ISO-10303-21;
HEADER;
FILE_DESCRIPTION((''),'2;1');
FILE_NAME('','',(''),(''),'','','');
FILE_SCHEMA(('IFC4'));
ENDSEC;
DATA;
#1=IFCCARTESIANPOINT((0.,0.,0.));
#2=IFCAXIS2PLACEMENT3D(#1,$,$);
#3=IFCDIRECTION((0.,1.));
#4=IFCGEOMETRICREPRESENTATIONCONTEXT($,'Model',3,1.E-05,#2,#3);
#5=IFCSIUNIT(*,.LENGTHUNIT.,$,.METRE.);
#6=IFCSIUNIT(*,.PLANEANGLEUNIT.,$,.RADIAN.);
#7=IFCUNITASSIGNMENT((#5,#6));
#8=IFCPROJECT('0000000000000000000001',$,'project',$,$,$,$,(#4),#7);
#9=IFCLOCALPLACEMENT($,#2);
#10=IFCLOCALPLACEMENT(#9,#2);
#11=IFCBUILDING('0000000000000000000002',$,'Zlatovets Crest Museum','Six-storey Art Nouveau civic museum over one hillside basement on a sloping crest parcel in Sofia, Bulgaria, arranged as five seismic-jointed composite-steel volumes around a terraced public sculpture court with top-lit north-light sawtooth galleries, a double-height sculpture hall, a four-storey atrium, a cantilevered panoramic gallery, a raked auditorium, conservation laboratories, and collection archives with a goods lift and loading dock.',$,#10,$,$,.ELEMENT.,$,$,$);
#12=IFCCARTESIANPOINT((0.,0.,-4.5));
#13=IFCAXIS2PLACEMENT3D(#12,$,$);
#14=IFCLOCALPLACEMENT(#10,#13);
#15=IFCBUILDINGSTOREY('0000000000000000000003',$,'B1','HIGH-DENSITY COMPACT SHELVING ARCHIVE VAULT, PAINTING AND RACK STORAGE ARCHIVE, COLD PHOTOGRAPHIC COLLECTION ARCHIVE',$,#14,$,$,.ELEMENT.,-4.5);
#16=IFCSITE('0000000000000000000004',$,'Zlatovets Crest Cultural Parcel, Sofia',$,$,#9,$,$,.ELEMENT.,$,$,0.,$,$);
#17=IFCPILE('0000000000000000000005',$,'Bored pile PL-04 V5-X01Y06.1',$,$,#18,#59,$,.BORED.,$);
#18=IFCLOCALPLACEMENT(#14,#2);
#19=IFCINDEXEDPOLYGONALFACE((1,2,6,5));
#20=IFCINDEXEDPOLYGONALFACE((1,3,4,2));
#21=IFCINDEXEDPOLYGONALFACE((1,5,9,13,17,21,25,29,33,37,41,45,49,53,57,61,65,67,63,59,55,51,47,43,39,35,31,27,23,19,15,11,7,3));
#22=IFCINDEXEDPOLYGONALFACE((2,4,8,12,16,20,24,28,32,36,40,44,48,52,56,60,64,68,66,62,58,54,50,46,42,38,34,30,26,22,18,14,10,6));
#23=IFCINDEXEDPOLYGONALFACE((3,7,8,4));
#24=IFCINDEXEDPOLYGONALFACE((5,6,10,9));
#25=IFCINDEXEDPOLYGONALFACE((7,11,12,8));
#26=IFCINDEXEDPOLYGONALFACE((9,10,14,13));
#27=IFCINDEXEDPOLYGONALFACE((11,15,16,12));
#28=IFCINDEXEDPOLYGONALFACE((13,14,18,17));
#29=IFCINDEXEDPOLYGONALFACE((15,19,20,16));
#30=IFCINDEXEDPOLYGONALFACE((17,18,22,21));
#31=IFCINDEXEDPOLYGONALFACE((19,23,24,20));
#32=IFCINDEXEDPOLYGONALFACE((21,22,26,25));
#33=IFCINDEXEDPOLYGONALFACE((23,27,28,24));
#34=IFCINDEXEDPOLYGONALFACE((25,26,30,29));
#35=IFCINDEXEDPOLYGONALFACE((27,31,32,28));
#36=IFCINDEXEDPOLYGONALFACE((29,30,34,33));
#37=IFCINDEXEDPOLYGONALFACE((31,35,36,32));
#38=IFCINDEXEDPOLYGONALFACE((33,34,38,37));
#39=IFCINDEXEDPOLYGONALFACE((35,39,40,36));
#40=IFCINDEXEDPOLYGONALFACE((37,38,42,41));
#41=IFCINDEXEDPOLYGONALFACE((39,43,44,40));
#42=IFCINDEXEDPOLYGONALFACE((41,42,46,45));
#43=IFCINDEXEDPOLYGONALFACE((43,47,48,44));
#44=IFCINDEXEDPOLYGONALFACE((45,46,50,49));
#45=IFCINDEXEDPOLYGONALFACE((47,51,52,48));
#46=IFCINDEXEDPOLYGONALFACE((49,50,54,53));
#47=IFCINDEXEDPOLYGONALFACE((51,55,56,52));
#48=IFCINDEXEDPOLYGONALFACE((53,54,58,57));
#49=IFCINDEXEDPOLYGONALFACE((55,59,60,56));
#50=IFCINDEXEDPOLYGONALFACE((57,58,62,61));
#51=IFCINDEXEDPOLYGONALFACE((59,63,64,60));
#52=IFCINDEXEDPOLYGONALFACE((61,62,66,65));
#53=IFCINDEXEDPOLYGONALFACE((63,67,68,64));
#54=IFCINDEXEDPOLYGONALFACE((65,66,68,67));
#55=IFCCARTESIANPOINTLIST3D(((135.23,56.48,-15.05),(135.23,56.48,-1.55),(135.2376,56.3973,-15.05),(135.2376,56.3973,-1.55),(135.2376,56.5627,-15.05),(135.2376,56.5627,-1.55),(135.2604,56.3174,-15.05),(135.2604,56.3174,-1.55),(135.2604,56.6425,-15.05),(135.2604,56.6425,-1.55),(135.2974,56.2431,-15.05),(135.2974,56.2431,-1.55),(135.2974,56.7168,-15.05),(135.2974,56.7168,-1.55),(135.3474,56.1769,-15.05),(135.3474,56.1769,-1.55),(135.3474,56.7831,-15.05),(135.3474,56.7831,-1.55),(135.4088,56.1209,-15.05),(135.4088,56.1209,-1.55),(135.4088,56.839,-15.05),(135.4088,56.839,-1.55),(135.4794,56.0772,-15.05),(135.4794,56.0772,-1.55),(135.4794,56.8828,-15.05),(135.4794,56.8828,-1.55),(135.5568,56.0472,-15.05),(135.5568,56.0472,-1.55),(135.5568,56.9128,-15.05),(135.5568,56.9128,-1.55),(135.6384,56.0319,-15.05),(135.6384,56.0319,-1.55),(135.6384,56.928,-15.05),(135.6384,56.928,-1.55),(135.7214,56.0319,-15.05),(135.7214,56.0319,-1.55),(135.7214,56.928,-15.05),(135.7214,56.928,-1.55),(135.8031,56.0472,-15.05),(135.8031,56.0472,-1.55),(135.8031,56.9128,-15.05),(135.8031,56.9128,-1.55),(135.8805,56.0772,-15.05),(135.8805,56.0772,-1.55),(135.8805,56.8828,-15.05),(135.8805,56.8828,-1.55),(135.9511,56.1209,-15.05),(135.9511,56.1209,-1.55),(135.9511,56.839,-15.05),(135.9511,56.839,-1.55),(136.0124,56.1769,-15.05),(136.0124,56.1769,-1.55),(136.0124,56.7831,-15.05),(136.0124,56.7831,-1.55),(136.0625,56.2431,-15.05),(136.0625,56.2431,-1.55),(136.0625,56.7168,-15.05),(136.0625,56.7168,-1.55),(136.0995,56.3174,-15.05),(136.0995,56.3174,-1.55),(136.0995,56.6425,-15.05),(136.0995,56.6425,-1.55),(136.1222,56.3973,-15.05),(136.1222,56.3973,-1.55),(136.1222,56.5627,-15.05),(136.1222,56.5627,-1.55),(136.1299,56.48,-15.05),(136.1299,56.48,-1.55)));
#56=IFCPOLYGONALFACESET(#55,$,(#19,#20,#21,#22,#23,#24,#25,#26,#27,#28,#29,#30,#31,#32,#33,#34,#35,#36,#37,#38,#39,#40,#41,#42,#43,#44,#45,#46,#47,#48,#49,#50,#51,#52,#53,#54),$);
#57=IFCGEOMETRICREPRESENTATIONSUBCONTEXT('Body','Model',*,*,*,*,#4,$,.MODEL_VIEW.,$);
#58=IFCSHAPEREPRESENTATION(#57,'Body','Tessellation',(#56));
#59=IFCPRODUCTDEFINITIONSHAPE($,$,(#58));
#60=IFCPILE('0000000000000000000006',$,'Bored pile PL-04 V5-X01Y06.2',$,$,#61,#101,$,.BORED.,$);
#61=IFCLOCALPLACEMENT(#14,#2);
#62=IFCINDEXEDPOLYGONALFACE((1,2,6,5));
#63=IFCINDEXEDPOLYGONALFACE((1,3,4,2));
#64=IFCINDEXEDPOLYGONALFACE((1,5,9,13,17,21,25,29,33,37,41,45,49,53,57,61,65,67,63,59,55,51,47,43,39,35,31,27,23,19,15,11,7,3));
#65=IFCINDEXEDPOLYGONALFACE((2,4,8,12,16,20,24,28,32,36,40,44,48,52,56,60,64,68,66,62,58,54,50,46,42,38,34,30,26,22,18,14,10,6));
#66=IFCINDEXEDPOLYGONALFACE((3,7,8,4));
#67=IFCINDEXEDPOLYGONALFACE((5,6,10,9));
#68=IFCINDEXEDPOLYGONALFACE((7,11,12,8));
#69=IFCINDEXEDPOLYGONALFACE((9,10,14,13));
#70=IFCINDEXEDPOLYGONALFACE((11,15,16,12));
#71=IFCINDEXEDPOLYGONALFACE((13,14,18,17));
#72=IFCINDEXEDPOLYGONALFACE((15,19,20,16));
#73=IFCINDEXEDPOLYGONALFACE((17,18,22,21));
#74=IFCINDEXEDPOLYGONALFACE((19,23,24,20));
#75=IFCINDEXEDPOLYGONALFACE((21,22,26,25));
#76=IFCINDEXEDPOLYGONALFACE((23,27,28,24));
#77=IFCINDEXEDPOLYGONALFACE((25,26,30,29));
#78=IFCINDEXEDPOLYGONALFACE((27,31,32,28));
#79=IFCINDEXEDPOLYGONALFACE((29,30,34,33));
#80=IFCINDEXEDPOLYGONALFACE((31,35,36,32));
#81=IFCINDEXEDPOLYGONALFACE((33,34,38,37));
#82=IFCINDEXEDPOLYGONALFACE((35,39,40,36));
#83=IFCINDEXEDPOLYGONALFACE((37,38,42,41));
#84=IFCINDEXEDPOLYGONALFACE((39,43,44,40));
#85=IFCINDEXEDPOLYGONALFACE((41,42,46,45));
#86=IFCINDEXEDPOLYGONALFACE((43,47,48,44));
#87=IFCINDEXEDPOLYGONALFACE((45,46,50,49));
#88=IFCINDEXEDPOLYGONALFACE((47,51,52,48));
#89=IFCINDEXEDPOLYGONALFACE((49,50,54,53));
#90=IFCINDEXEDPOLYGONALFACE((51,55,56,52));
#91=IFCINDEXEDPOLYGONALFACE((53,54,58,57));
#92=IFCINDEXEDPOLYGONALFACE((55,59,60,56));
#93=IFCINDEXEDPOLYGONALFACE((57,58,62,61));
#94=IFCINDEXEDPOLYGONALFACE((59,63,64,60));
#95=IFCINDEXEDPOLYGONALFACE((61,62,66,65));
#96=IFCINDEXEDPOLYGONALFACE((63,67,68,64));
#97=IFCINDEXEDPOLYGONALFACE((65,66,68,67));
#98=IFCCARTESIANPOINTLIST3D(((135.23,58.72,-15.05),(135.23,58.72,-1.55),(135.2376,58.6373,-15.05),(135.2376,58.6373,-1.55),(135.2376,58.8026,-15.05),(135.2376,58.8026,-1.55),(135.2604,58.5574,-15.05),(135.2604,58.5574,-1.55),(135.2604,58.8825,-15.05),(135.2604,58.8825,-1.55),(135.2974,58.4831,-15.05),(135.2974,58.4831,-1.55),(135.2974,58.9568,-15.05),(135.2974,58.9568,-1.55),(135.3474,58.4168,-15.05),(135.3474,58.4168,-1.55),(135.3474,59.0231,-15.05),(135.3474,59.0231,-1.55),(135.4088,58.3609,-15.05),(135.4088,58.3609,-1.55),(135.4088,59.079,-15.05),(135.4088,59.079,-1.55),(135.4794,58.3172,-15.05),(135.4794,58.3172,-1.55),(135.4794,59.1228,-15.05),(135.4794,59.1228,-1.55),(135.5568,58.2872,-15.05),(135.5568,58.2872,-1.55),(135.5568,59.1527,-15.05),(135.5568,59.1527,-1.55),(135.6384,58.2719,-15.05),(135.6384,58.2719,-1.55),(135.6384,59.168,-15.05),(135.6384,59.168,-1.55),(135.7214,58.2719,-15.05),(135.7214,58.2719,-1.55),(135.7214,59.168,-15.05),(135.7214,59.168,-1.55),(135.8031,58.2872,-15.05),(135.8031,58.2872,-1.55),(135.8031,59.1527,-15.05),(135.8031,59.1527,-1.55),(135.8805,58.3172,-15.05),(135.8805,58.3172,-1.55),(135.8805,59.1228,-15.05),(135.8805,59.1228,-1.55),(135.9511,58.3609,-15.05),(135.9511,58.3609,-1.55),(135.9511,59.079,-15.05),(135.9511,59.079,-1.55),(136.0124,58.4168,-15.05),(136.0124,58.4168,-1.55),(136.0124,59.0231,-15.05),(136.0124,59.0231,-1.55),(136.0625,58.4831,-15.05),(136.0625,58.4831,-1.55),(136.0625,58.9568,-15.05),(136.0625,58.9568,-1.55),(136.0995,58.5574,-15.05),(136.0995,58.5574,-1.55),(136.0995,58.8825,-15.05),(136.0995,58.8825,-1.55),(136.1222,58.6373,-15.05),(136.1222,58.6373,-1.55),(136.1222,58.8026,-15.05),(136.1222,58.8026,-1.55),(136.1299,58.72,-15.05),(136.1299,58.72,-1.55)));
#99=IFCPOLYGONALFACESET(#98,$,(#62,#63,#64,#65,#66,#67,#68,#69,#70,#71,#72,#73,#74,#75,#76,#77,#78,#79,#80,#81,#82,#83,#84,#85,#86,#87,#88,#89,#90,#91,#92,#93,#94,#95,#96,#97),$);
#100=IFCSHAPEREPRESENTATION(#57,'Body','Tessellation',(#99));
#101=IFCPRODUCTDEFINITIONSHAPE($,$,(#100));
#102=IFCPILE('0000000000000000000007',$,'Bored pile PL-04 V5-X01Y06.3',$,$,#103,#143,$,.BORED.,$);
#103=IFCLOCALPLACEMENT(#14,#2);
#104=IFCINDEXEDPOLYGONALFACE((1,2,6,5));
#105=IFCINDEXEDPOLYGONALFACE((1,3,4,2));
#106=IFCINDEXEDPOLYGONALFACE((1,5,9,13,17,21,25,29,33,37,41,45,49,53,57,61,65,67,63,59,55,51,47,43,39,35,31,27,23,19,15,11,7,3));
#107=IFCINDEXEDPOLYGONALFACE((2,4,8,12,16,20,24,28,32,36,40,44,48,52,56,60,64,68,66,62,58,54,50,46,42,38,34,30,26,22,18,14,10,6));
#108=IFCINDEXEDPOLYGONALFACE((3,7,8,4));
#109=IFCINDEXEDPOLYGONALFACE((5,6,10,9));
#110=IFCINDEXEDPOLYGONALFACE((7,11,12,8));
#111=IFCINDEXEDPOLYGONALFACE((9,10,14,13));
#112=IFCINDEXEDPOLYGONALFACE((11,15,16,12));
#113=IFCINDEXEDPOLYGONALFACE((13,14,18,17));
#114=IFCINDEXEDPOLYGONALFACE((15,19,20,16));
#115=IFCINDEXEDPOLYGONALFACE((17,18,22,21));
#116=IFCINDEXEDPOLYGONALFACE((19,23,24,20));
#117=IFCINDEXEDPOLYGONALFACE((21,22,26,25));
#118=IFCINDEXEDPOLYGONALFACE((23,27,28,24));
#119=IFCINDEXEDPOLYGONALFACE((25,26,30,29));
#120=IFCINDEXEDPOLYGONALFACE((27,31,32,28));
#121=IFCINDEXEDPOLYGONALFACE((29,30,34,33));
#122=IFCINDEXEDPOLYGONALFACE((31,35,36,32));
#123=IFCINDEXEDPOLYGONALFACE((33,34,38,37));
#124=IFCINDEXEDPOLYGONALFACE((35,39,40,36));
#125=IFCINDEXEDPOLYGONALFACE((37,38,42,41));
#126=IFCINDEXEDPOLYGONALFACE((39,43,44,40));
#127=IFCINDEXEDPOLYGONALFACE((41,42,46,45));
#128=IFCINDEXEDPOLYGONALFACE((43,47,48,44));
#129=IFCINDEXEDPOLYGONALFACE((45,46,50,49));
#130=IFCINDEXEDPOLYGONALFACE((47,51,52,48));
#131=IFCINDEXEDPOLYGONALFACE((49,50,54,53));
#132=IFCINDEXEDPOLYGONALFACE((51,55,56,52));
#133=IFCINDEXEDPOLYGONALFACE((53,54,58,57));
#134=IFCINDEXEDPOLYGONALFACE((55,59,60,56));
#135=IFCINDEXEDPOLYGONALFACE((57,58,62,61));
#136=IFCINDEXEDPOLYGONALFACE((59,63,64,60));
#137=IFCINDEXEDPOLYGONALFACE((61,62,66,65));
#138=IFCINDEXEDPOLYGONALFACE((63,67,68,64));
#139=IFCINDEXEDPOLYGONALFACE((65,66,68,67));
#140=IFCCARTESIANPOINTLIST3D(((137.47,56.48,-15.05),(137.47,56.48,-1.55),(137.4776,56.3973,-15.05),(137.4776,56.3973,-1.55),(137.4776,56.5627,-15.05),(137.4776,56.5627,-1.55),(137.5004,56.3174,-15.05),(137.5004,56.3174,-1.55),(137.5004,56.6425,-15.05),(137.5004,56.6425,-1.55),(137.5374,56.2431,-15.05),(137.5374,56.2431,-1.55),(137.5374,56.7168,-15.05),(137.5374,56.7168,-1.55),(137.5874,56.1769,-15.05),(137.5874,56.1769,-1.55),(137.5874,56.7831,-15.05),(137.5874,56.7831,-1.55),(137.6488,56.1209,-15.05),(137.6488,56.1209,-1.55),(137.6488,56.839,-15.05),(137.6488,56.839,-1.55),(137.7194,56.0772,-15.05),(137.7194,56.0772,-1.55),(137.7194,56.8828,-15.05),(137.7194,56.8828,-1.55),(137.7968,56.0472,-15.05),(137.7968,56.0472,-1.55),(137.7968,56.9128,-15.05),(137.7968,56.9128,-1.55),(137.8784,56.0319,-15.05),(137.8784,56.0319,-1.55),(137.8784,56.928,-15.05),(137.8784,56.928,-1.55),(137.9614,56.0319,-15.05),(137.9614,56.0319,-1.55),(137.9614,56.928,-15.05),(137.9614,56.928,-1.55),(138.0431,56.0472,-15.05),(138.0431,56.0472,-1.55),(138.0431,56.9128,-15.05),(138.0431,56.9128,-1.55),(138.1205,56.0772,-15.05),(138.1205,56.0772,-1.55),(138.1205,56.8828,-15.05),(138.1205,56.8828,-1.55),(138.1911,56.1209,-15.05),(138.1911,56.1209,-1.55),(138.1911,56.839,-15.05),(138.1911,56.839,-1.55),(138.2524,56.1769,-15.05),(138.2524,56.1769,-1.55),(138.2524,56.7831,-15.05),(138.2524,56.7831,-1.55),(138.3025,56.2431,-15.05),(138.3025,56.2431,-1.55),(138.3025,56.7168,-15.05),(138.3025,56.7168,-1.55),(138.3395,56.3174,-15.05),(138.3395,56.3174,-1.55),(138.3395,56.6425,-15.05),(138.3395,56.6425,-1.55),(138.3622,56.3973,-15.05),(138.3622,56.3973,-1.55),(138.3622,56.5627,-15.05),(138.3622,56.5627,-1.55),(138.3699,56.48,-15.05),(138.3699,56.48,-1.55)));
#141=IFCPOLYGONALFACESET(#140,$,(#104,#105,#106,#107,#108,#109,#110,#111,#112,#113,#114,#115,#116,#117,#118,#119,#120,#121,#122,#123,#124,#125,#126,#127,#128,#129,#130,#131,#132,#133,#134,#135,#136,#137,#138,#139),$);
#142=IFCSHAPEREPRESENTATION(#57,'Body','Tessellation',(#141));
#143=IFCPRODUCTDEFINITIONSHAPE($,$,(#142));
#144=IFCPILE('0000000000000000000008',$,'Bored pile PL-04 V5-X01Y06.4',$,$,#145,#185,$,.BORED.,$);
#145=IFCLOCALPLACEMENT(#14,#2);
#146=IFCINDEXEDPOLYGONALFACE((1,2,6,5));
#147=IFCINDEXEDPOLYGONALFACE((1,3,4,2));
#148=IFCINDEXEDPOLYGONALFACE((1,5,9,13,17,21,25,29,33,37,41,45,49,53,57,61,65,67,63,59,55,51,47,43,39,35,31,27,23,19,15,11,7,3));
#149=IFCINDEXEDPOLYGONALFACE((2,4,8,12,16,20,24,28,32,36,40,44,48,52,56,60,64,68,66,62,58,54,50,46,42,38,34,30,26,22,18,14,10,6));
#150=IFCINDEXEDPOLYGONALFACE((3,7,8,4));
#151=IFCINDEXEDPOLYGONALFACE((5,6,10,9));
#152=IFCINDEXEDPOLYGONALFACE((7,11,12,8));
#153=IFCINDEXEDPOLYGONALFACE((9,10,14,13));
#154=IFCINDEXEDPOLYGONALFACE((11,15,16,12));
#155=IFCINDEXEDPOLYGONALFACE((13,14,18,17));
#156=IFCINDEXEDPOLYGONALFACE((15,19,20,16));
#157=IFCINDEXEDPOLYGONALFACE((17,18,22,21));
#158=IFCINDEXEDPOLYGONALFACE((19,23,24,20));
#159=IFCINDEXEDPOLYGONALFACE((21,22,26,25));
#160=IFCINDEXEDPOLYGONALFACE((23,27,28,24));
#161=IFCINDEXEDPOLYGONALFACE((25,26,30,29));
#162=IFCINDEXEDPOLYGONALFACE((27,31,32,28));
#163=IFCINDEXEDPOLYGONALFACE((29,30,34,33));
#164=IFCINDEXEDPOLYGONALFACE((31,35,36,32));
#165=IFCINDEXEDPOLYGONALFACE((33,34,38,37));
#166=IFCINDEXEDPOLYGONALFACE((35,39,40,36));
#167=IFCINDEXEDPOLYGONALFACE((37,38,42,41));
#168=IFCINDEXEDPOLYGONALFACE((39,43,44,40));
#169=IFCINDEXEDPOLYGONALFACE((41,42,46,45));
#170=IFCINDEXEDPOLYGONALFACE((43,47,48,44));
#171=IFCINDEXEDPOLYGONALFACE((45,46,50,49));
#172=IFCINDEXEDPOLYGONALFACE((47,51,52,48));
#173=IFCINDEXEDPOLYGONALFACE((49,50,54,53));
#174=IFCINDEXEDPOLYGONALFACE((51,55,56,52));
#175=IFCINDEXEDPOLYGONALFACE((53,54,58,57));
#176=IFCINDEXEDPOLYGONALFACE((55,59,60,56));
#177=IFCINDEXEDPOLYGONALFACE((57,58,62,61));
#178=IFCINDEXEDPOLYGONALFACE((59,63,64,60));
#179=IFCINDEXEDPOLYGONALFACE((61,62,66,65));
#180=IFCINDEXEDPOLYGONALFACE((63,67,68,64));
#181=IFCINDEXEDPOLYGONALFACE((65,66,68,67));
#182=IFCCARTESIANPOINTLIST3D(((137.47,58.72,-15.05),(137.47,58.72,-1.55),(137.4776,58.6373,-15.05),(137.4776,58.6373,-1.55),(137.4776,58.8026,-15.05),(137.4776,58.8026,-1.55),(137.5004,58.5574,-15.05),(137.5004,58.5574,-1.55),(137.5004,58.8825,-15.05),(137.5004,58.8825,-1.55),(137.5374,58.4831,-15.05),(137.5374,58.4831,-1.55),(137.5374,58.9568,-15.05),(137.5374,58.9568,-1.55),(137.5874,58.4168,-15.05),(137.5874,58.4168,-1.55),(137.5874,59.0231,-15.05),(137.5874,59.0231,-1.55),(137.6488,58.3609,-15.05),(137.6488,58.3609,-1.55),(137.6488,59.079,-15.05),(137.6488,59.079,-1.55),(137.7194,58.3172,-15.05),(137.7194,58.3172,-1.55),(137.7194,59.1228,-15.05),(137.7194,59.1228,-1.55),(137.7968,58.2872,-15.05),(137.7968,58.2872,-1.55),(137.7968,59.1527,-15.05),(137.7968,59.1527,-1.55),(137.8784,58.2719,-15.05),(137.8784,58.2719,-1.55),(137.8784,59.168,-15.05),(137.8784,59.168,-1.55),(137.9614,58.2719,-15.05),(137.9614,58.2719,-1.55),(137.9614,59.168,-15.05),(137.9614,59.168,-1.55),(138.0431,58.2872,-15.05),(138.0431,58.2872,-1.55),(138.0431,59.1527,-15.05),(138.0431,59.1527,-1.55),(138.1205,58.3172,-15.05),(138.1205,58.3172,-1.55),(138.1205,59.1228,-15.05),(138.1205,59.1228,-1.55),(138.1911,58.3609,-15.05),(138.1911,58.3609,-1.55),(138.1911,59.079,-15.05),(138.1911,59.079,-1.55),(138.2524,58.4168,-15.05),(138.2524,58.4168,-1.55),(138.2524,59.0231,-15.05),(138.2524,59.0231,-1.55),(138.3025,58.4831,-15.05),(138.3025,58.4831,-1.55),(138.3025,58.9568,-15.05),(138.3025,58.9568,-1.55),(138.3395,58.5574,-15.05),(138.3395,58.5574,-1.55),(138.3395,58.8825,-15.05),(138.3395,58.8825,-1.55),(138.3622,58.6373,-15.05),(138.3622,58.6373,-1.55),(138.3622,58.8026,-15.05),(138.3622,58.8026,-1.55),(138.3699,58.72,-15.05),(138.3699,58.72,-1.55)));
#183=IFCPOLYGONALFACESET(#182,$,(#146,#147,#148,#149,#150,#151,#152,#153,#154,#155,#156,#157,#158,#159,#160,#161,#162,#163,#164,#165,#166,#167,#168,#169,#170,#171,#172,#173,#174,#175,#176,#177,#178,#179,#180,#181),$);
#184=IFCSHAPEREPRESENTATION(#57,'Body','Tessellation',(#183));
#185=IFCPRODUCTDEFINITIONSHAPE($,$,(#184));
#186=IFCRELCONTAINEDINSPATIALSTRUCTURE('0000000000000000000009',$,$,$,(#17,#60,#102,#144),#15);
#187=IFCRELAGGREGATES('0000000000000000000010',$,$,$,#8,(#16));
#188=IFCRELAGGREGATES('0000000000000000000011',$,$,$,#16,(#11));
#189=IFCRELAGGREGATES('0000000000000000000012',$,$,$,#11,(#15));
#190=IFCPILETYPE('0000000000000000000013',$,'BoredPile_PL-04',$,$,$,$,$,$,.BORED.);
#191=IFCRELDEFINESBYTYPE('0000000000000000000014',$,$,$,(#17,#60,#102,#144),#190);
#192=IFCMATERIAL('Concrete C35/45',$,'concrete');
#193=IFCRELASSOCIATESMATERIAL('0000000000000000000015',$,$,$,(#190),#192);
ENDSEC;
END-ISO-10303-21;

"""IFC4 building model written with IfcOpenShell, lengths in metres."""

from ifc_helpers import new_model, si_unit, direction, frame, origin, origin_2d, place, context, subcontext, project, spatial, circle, extrude, material, material_profile, profile_set, type_object, element, save


model = new_model("IFC4")

# Units and contexts
model_context = context("Model", 3, precision=1e-05, world=origin(), true_north=direction((0.0, 1.0)))
body_context = subcontext(model_context, "Body", "Model", "MODEL_VIEW")
ifc_project = project(units=[si_unit("LENGTHUNIT", "METRE"), si_unit("PLANEANGLEUNIT", "RADIAN")], contexts=[model_context])

# Site, building, storey
site_placement = place(None, origin())
site = spatial("IfcSite", under=ifc_project, at=site_placement, Name="Zlatovets Crest Cultural Parcel, Sofia", CompositionType="ELEMENT", RefElevation=0.0)
building_placement = place(site_placement, origin())
building = spatial("IfcBuilding", under=site, at=building_placement, Name="Zlatovets Crest Museum", Description="Six-storey Art Nouveau civic museum over one hillside basement on a sloping crest parcel in Sofia, Bulgaria, arranged as five seismic-jointed composite-steel volumes around a terraced public sculpture court with top-lit north-light sawtooth galleries, a double-height sculpture hall, a four-storey atrium, a cantilevered panoramic gallery, a raked auditorium, conservation laboratories, and collection archives with a goods lift and loading dock.", CompositionType="ELEMENT")
storey_placement = place(building_placement, frame((0.0, 0.0, -4.5)))
storey = spatial("IfcBuildingStorey", under=building, at=storey_placement, Name="B1", Description="HIGH-DENSITY COMPACT SHELVING ARCHIVE VAULT, PAINTING AND RACK STORAGE ARCHIVE, COLD PHOTOGRAPHIC COLLECTION ARCHIVE", CompositionType="ELEMENT", Elevation=-4.5)

# Piles
ifc_material = material(Name="Concrete C35/45", Category="concrete")
ifc_material_profile_1 = material_profile(ifc_material, circle(Radius=0.45, at=origin_2d()), Name="PILE D900")
ifc_profile_set_1 = profile_set([ifc_material_profile_1], Name="Concrete C35/45")
pile_type = type_object("IfcPileType", Name="BoredPile_PL-04", PredefinedType="BORED", material=ifc_profile_set_1)
for number, where, z_axis, x_axis, name in (
    (1, (135.6799, 56.48, -1.55), (0.0, 0.0, -1.0), (1.0, 0.0, 0.0), "Bored pile PL-04 V5-X01Y06.1"),
    (2, (135.6799, 58.72, -1.55), (0.0, 0.0, -1.0), (1.0, 0.0, 0.0), "Bored pile PL-04 V5-X01Y06.2"),
    (3, (137.9199, 56.48, -1.55), (0.0, 0.0, -1.0), (1.0, 0.0, 0.0), "Bored pile PL-04 V5-X01Y06.3"),
    (4, (137.9199, 58.72, -1.55), (0.0, 0.0, -1.0), (1.0, 0.0, 0.0), "Bored pile PL-04 V5-X01Y06.4"),
):
    element("IfcPile", number, at=place(storey_placement, frame(where, z_axis=z_axis, x_axis=x_axis)), inside=storey, type_object=pile_type, Name=name, PredefinedType="BORED", context=body_context, shape_type="SweptSolid", body=[
        extrude(circle(Radius=0.45, at=origin_2d()), origin(), (0.0, 0.0, 1.0), 13.5),
    ])

save(model, "model.ifc")
